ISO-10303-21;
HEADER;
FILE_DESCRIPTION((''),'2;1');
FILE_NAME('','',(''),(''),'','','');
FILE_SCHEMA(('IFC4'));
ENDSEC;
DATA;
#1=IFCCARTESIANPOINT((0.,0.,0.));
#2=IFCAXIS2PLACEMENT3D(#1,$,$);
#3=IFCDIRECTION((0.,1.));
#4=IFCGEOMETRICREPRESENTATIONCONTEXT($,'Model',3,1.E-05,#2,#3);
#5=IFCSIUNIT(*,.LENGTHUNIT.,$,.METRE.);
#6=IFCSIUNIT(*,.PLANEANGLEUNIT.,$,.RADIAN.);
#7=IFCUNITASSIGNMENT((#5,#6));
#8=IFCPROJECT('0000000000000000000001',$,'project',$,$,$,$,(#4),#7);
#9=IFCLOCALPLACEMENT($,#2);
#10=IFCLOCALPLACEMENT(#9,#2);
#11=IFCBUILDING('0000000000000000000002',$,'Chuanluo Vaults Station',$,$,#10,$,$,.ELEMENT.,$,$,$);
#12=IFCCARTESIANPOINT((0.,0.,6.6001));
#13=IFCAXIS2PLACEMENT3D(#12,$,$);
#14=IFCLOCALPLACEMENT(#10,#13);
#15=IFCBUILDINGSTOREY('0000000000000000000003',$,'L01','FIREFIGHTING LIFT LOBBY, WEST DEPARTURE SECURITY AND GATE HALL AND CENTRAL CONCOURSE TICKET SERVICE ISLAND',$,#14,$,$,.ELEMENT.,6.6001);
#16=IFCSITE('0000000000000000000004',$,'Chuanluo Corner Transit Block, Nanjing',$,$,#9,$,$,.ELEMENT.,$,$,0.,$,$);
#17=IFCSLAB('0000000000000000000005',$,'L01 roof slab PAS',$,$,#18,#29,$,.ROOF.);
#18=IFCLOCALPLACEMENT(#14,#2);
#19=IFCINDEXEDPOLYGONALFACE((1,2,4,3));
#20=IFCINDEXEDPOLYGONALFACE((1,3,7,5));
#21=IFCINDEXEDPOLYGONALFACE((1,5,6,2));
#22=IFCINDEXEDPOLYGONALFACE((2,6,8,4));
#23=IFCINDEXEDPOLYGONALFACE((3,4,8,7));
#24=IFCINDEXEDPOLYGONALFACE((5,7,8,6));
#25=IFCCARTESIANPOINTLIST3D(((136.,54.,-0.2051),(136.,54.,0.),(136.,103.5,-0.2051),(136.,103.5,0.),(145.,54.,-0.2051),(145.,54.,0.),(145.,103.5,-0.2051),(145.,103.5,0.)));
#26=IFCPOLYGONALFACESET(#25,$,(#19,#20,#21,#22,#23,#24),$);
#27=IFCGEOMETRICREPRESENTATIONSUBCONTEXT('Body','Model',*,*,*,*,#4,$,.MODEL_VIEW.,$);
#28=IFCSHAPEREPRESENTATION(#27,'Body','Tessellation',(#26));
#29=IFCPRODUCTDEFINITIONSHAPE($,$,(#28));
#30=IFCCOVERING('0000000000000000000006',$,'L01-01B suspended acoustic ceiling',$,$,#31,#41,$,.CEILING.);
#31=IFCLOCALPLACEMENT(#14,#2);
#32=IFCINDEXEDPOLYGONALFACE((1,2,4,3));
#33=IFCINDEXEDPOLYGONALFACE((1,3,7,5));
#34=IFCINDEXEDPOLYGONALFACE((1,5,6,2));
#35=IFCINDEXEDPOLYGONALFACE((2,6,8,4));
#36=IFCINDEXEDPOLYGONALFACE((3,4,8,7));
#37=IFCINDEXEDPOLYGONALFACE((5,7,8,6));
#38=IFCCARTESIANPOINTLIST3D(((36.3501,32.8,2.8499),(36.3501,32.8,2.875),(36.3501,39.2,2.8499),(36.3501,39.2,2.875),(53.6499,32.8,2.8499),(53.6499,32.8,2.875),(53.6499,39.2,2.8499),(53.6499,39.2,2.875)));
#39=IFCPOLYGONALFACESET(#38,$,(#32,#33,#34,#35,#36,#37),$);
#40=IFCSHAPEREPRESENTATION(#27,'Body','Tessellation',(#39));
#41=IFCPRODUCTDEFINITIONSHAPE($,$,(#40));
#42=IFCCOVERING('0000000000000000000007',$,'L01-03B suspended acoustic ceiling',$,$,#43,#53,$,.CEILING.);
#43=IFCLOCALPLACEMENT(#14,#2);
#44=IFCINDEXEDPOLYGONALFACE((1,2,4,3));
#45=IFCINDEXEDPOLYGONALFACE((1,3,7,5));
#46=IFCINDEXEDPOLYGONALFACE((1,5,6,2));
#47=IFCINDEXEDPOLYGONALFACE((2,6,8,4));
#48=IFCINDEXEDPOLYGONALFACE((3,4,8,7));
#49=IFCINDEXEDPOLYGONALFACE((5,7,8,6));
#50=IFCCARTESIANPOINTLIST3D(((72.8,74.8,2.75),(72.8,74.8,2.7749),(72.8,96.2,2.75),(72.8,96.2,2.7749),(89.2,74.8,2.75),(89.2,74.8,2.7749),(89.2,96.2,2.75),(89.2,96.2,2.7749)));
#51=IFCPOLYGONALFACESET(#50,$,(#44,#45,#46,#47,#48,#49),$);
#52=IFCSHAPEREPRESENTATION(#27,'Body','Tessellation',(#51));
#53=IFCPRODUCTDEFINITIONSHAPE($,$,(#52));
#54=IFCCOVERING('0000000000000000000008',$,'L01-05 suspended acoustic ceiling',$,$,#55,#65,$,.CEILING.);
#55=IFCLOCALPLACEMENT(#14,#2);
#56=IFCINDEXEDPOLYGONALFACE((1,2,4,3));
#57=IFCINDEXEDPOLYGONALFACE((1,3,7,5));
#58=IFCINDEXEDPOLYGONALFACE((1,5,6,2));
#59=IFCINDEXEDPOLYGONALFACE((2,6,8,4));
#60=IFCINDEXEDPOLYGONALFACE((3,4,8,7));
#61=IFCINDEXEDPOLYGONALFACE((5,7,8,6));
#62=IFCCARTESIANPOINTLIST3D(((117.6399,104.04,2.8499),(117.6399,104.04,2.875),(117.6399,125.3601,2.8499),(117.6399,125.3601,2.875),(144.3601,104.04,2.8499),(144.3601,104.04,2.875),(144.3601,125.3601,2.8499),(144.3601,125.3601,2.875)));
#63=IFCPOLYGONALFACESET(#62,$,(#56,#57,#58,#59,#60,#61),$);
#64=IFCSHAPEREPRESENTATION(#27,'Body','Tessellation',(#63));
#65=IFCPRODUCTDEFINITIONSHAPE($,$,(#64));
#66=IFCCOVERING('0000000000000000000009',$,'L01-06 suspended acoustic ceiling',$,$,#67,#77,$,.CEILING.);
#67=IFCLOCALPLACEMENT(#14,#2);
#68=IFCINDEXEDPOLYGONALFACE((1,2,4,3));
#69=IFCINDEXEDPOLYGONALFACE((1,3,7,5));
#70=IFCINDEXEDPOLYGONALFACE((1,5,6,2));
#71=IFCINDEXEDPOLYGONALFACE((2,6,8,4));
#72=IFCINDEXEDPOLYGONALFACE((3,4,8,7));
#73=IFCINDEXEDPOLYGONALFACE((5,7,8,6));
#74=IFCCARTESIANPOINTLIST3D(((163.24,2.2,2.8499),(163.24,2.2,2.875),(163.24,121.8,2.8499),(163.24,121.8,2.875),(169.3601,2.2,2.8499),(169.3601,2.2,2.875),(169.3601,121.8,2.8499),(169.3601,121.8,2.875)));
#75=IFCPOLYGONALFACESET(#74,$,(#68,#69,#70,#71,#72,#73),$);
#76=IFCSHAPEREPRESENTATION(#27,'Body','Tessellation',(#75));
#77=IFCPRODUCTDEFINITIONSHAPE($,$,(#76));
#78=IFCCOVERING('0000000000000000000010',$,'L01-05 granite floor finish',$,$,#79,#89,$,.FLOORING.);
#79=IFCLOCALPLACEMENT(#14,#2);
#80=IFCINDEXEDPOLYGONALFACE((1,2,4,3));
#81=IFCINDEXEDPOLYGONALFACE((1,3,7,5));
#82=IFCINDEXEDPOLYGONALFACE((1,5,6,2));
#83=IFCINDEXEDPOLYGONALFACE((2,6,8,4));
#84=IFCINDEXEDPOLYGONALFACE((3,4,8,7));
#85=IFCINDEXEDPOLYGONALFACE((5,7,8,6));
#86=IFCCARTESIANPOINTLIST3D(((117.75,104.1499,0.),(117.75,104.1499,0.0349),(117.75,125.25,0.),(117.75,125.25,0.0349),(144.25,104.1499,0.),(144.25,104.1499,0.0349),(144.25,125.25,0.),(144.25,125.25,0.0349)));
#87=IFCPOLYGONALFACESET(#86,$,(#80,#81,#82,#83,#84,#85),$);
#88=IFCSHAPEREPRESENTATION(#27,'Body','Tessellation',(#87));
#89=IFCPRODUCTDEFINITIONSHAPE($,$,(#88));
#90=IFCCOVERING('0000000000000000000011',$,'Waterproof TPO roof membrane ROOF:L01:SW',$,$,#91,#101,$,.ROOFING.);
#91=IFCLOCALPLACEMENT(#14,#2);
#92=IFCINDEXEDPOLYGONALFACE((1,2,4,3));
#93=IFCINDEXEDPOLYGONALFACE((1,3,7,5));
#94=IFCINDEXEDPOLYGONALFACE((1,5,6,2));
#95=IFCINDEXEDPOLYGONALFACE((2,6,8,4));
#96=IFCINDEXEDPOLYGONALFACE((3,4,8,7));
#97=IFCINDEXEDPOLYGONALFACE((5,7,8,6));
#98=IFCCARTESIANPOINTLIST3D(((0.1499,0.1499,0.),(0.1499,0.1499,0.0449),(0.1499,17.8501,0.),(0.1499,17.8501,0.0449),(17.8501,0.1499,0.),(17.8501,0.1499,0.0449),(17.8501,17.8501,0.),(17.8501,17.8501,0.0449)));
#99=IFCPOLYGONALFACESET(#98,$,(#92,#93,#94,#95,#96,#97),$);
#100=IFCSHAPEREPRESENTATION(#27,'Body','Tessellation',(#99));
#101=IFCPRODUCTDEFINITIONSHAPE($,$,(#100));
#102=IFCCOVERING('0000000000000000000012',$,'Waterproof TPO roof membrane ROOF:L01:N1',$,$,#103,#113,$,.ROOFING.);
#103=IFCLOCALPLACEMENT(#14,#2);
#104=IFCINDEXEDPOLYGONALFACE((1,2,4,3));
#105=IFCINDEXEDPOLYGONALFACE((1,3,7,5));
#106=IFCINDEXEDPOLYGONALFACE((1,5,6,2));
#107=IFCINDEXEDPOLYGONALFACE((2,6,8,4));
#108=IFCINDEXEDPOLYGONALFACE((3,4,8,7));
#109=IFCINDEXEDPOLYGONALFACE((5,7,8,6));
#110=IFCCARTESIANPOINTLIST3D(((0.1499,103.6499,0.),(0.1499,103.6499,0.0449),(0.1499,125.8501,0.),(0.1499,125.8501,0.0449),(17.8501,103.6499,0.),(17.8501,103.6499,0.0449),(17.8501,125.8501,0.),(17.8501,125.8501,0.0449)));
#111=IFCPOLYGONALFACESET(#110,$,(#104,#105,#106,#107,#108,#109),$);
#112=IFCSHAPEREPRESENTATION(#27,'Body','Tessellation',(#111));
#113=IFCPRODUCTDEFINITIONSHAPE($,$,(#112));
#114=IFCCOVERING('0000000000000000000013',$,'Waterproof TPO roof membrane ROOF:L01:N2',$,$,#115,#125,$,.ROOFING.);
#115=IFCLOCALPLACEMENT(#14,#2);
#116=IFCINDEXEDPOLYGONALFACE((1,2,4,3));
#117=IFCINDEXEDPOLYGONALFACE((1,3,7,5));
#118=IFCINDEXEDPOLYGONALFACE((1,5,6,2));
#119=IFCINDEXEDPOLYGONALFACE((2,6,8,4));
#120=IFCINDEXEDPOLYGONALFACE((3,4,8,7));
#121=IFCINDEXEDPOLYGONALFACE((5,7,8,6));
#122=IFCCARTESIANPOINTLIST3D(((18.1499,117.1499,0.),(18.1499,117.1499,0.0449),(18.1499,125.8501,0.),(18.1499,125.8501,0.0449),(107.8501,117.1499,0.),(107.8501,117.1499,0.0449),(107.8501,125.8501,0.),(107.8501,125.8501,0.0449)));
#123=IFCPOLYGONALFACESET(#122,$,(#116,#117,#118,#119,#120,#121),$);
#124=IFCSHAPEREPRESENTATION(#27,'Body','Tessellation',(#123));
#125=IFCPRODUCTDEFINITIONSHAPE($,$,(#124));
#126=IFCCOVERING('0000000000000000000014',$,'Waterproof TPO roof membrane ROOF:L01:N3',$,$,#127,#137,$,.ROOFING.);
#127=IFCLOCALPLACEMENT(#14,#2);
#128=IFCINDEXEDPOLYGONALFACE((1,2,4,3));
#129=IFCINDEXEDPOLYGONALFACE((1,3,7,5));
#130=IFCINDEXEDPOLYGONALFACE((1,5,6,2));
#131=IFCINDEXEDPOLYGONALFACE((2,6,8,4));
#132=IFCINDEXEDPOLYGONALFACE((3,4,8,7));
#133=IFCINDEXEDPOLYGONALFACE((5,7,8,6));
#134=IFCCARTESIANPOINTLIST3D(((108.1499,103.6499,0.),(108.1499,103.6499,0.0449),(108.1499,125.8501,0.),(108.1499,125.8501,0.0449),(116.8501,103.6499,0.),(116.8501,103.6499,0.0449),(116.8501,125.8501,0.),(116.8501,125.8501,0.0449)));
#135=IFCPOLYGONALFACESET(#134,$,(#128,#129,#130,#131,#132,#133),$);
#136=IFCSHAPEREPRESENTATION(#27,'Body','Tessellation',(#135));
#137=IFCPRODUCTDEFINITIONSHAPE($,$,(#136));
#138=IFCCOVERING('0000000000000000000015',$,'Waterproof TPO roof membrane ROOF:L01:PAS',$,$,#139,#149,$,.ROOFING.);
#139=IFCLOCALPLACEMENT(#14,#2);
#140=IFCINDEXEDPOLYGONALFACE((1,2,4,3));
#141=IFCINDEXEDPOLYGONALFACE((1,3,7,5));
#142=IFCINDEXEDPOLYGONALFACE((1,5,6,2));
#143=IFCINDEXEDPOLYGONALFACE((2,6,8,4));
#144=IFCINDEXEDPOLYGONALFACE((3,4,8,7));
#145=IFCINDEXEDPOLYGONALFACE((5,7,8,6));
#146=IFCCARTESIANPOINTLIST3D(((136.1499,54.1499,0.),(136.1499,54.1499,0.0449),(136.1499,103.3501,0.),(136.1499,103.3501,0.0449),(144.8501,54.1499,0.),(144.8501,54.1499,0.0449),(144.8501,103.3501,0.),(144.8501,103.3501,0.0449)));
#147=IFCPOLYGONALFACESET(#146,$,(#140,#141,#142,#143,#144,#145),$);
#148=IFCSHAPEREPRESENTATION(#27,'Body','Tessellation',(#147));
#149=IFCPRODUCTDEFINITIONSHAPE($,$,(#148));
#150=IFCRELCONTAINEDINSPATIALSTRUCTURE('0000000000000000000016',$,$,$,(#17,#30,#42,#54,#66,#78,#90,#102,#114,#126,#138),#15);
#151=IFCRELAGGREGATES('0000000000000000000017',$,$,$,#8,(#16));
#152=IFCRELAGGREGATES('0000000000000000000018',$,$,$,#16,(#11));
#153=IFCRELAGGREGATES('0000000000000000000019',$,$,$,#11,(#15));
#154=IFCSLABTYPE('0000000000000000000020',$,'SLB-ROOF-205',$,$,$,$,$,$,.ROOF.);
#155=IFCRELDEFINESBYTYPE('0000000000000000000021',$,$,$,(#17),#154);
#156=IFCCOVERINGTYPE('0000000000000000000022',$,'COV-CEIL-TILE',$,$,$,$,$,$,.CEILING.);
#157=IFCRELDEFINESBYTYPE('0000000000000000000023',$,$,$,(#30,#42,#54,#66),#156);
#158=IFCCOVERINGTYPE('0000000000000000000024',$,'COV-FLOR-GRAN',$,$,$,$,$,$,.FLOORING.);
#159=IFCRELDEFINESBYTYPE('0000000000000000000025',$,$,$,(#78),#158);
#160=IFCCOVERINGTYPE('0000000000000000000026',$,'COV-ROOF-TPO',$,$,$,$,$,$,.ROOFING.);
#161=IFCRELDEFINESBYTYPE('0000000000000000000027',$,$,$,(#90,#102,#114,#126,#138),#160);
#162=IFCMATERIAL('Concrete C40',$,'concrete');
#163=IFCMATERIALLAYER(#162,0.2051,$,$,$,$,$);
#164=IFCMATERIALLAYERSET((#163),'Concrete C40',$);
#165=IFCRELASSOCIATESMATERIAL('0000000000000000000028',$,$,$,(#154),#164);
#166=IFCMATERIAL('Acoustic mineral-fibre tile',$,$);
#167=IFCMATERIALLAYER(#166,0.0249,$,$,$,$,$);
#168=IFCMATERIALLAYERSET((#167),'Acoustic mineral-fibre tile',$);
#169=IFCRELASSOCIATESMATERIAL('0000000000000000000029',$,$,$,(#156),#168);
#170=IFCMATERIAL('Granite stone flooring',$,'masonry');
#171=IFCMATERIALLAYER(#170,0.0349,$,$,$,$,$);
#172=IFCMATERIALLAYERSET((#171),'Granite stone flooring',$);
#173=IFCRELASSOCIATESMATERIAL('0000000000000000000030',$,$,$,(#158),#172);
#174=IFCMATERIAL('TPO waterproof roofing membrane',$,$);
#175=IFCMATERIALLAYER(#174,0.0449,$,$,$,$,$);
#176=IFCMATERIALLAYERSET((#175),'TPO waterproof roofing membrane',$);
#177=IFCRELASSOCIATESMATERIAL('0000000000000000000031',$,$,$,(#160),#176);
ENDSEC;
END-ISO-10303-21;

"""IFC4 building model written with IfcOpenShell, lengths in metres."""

from ifc_helpers import new_model, si_unit, direction, frame, origin, place, context, subcontext, project, spatial, polyline, outline, extrude, material, layer, layer_set, type_object, element, save


model = new_model("IFC4")

# Units and contexts
model_context = context("Model", 3, precision=1e-05, world=origin(), true_north=direction((0.0, 1.0)))
body_context = subcontext(model_context, "Body", "Model", "MODEL_VIEW")
ifc_project = project(units=[si_unit("LENGTHUNIT", "METRE"), si_unit("PLANEANGLEUNIT", "RADIAN")], contexts=[model_context])

# Site, building, storey
site_placement = place(None, origin())
site = spatial("IfcSite", under=ifc_project, at=site_placement, Name="Chuanluo Corner Transit Block, Nanjing", CompositionType="ELEMENT", RefElevation=0.0)
building_placement = place(site_placement, origin())
building = spatial("IfcBuilding", under=site, at=building_placement, Name="Chuanluo Vaults Station", CompositionType="ELEMENT")
storey_placement = place(building_placement, frame((0.0, 0.0, 6.6001)))
storey = spatial("IfcBuildingStorey", under=building, at=storey_placement, Name="L01", Description="FIREFIGHTING LIFT LOBBY, WEST DEPARTURE SECURITY AND GATE HALL AND CENTRAL CONCOURSE TICKET SERVICE ISLAND", CompositionType="ELEMENT", Elevation=6.6001)

# Slab
ifc_material_1 = material(Name="Concrete C40", Category="concrete")
ifc_layer_1 = layer(ifc_material_1, 0.2051)
ifc_layer_set_1 = layer_set([ifc_layer_1], Name="Concrete C40")
slab_type_1 = type_object("IfcSlabType", Name="SLB-ROOF-205", PredefinedType="ROOF", material=ifc_layer_set_1)
slab_1_placement = place(storey_placement, frame((0.0, 0.0, -0.2051)))
element("IfcSlab", 1, at=slab_1_placement, inside=storey, type_object=slab_type_1, Name="L01 roof slab PAS", PredefinedType="ROOF", context=body_context, shape_type="SweptSolid", body=[
    extrude(outline(polyline([(136.0, 54.0), (145.0, 54.0), (145.0, 103.5), (136.0, 103.5), (136.0, 54.0)])), origin(), (0.0, 0.0, 1.0), 0.2051),
])

# Coverings
ifc_material_2 = material(Name="Acoustic mineral-fibre tile")
ifc_layer_2 = layer(ifc_material_2, 0.0249)
ifc_layer_set_2 = layer_set([ifc_layer_2], Name="Acoustic mineral-fibre tile")
covering_type_1 = type_object("IfcCoveringType", Name="COV-CEIL-TILE", PredefinedType="CEILING", material=ifc_layer_set_2)
covering_1_placement = place(storey_placement, frame((0.0, 0.0, 2.8499)))
element("IfcCovering", 2, at=covering_1_placement, inside=storey, type_object=covering_type_1, Name="L01-01B suspended acoustic ceiling", PredefinedType="CEILING", context=body_context, shape_type="SweptSolid", body=[
    extrude(outline(polyline([(36.3501, 32.8), (53.6499, 32.8), (53.6499, 39.2), (36.3501, 39.2), (36.3501, 32.8)])), origin(), (0.0, 0.0, 1.0), 0.0251),
])
covering_2_placement = place(storey_placement, frame((0.0, 0.0, 2.75)))
element("IfcCovering", 3, at=covering_2_placement, inside=storey, type_object=covering_type_1, Name="L01-03B suspended acoustic ceiling", PredefinedType="CEILING", context=body_context, shape_type="SweptSolid", body=[
    extrude(outline(polyline([(72.8, 74.8), (89.2, 74.8), (89.2, 96.2), (72.8, 96.2), (72.8, 74.8)])), origin(), (0.0, 0.0, 1.0), 0.0249),
])
covering_3_placement = place(storey_placement, frame((0.0, 0.0, 2.8499)))
element("IfcCovering", 4, at=covering_3_placement, inside=storey, type_object=covering_type_1, Name="L01-05 suspended acoustic ceiling", PredefinedType="CEILING", context=body_context, shape_type="SweptSolid", body=[
    extrude(outline(polyline([(117.6399, 104.04), (144.3601, 104.04), (144.3601, 125.3601), (117.6399, 125.3601), (117.6399, 104.04)])), origin(), (0.0, 0.0, 1.0), 0.0251),
])
covering_4_placement = place(storey_placement, frame((0.0, 0.0, 2.8499)))
element("IfcCovering", 5, at=covering_4_placement, inside=storey, type_object=covering_type_1, Name="L01-06 suspended acoustic ceiling", PredefinedType="CEILING", context=body_context, shape_type="SweptSolid", body=[
    extrude(outline(polyline([(163.24, 2.2), (169.3601, 2.2), (169.3601, 121.8), (163.24, 121.8), (163.24, 2.2)])), origin(), (0.0, 0.0, 1.0), 0.0251),
])
ifc_material_3 = material(Name="Granite stone flooring", Category="masonry")
ifc_layer_3 = layer(ifc_material_3, 0.0349)
ifc_layer_set_3 = layer_set([ifc_layer_3], Name="Granite stone flooring")
covering_type_2 = type_object("IfcCoveringType", Name="COV-FLOR-GRAN", PredefinedType="FLOORING", material=ifc_layer_set_3)
covering_5_placement = place(storey_placement, origin())
element("IfcCovering", 6, at=covering_5_placement, inside=storey, type_object=covering_type_2, Name="L01-05 granite floor finish", PredefinedType="FLOORING", context=body_context, shape_type="SweptSolid", body=[
    extrude(outline(polyline([(117.75, 104.1499), (144.25, 104.1499), (144.25, 125.25), (117.75, 125.25), (117.75, 104.1499)])), origin(), (0.0, 0.0, 1.0), 0.0349),
])
ifc_material_4 = material(Name="TPO waterproof roofing membrane")
ifc_layer_4 = layer(ifc_material_4, 0.0449)
ifc_layer_set_4 = layer_set([ifc_layer_4], Name="TPO waterproof roofing membrane")
covering_type_3 = type_object("IfcCoveringType", Name="COV-ROOF-TPO", PredefinedType="ROOFING", material=ifc_layer_set_4)
covering_6_placement = place(storey_placement, origin())
element("IfcCovering", 7, at=covering_6_placement, inside=storey, type_object=covering_type_3, Name="Waterproof TPO roof membrane ROOF:L01:SW", PredefinedType="ROOFING", context=body_context, shape_type="SweptSolid", body=[
    extrude(outline(polyline([(0.1499, 0.1499), (17.8501, 0.1499), (17.8501, 17.8501), (0.1499, 17.8501), (0.1499, 0.1499)])), origin(), (0.0, 0.0, 1.0), 0.0449),
])
covering_7_placement = place(storey_placement, origin())
element("IfcCovering", 8, at=covering_7_placement, inside=storey, type_object=covering_type_3, Name="Waterproof TPO roof membrane ROOF:L01:N1", PredefinedType="ROOFING", context=body_context, shape_type="SweptSolid", body=[
    extrude(outline(polyline([(0.1499, 103.6499), (17.8501, 103.6499), (17.8501, 125.8501), (0.1499, 125.8501), (0.1499, 103.6499)])), origin(), (0.0, 0.0, 1.0), 0.0449),
])
covering_8_placement = place(storey_placement, origin())
element("IfcCovering", 9, at=covering_8_placement, inside=storey, type_object=covering_type_3, Name="Waterproof TPO roof membrane ROOF:L01:N2", PredefinedType="ROOFING", context=body_context, shape_type="SweptSolid", body=[
    extrude(outline(polyline([(18.1499, 117.1499), (107.8501, 117.1499), (107.8501, 125.8501), (18.1499, 125.8501), (18.1499, 117.1499)])), origin(), (0.0, 0.0, 1.0), 0.0449),
])
covering_9_placement = place(storey_placement, origin())
element("IfcCovering", 10, at=covering_9_placement, inside=storey, type_object=covering_type_3, Name="Waterproof TPO roof membrane ROOF:L01:N3", PredefinedType="ROOFING", context=body_context, shape_type="SweptSolid", body=[
    extrude(outline(polyline([(108.1499, 103.6499), (116.8501, 103.6499), (116.8501, 125.8501), (108.1499, 125.8501), (108.1499, 103.6499)])), origin(), (0.0, 0.0, 1.0), 0.0449),
])
covering_10_placement = place(storey_placement, origin())
element("IfcCovering", 11, at=covering_10_placement, inside=storey, type_object=covering_type_3, Name="Waterproof TPO roof membrane ROOF:L01:PAS", PredefinedType="ROOFING", context=body_context, shape_type="SweptSolid", body=[
    extrude(outline(polyline([(136.1499, 54.1499), (144.8501, 54.1499), (144.8501, 103.3501), (136.1499, 103.3501), (136.1499, 54.1499)])), origin(), (0.0, 0.0, 1.0), 0.0449),
])

save(model, "model.ifc")
